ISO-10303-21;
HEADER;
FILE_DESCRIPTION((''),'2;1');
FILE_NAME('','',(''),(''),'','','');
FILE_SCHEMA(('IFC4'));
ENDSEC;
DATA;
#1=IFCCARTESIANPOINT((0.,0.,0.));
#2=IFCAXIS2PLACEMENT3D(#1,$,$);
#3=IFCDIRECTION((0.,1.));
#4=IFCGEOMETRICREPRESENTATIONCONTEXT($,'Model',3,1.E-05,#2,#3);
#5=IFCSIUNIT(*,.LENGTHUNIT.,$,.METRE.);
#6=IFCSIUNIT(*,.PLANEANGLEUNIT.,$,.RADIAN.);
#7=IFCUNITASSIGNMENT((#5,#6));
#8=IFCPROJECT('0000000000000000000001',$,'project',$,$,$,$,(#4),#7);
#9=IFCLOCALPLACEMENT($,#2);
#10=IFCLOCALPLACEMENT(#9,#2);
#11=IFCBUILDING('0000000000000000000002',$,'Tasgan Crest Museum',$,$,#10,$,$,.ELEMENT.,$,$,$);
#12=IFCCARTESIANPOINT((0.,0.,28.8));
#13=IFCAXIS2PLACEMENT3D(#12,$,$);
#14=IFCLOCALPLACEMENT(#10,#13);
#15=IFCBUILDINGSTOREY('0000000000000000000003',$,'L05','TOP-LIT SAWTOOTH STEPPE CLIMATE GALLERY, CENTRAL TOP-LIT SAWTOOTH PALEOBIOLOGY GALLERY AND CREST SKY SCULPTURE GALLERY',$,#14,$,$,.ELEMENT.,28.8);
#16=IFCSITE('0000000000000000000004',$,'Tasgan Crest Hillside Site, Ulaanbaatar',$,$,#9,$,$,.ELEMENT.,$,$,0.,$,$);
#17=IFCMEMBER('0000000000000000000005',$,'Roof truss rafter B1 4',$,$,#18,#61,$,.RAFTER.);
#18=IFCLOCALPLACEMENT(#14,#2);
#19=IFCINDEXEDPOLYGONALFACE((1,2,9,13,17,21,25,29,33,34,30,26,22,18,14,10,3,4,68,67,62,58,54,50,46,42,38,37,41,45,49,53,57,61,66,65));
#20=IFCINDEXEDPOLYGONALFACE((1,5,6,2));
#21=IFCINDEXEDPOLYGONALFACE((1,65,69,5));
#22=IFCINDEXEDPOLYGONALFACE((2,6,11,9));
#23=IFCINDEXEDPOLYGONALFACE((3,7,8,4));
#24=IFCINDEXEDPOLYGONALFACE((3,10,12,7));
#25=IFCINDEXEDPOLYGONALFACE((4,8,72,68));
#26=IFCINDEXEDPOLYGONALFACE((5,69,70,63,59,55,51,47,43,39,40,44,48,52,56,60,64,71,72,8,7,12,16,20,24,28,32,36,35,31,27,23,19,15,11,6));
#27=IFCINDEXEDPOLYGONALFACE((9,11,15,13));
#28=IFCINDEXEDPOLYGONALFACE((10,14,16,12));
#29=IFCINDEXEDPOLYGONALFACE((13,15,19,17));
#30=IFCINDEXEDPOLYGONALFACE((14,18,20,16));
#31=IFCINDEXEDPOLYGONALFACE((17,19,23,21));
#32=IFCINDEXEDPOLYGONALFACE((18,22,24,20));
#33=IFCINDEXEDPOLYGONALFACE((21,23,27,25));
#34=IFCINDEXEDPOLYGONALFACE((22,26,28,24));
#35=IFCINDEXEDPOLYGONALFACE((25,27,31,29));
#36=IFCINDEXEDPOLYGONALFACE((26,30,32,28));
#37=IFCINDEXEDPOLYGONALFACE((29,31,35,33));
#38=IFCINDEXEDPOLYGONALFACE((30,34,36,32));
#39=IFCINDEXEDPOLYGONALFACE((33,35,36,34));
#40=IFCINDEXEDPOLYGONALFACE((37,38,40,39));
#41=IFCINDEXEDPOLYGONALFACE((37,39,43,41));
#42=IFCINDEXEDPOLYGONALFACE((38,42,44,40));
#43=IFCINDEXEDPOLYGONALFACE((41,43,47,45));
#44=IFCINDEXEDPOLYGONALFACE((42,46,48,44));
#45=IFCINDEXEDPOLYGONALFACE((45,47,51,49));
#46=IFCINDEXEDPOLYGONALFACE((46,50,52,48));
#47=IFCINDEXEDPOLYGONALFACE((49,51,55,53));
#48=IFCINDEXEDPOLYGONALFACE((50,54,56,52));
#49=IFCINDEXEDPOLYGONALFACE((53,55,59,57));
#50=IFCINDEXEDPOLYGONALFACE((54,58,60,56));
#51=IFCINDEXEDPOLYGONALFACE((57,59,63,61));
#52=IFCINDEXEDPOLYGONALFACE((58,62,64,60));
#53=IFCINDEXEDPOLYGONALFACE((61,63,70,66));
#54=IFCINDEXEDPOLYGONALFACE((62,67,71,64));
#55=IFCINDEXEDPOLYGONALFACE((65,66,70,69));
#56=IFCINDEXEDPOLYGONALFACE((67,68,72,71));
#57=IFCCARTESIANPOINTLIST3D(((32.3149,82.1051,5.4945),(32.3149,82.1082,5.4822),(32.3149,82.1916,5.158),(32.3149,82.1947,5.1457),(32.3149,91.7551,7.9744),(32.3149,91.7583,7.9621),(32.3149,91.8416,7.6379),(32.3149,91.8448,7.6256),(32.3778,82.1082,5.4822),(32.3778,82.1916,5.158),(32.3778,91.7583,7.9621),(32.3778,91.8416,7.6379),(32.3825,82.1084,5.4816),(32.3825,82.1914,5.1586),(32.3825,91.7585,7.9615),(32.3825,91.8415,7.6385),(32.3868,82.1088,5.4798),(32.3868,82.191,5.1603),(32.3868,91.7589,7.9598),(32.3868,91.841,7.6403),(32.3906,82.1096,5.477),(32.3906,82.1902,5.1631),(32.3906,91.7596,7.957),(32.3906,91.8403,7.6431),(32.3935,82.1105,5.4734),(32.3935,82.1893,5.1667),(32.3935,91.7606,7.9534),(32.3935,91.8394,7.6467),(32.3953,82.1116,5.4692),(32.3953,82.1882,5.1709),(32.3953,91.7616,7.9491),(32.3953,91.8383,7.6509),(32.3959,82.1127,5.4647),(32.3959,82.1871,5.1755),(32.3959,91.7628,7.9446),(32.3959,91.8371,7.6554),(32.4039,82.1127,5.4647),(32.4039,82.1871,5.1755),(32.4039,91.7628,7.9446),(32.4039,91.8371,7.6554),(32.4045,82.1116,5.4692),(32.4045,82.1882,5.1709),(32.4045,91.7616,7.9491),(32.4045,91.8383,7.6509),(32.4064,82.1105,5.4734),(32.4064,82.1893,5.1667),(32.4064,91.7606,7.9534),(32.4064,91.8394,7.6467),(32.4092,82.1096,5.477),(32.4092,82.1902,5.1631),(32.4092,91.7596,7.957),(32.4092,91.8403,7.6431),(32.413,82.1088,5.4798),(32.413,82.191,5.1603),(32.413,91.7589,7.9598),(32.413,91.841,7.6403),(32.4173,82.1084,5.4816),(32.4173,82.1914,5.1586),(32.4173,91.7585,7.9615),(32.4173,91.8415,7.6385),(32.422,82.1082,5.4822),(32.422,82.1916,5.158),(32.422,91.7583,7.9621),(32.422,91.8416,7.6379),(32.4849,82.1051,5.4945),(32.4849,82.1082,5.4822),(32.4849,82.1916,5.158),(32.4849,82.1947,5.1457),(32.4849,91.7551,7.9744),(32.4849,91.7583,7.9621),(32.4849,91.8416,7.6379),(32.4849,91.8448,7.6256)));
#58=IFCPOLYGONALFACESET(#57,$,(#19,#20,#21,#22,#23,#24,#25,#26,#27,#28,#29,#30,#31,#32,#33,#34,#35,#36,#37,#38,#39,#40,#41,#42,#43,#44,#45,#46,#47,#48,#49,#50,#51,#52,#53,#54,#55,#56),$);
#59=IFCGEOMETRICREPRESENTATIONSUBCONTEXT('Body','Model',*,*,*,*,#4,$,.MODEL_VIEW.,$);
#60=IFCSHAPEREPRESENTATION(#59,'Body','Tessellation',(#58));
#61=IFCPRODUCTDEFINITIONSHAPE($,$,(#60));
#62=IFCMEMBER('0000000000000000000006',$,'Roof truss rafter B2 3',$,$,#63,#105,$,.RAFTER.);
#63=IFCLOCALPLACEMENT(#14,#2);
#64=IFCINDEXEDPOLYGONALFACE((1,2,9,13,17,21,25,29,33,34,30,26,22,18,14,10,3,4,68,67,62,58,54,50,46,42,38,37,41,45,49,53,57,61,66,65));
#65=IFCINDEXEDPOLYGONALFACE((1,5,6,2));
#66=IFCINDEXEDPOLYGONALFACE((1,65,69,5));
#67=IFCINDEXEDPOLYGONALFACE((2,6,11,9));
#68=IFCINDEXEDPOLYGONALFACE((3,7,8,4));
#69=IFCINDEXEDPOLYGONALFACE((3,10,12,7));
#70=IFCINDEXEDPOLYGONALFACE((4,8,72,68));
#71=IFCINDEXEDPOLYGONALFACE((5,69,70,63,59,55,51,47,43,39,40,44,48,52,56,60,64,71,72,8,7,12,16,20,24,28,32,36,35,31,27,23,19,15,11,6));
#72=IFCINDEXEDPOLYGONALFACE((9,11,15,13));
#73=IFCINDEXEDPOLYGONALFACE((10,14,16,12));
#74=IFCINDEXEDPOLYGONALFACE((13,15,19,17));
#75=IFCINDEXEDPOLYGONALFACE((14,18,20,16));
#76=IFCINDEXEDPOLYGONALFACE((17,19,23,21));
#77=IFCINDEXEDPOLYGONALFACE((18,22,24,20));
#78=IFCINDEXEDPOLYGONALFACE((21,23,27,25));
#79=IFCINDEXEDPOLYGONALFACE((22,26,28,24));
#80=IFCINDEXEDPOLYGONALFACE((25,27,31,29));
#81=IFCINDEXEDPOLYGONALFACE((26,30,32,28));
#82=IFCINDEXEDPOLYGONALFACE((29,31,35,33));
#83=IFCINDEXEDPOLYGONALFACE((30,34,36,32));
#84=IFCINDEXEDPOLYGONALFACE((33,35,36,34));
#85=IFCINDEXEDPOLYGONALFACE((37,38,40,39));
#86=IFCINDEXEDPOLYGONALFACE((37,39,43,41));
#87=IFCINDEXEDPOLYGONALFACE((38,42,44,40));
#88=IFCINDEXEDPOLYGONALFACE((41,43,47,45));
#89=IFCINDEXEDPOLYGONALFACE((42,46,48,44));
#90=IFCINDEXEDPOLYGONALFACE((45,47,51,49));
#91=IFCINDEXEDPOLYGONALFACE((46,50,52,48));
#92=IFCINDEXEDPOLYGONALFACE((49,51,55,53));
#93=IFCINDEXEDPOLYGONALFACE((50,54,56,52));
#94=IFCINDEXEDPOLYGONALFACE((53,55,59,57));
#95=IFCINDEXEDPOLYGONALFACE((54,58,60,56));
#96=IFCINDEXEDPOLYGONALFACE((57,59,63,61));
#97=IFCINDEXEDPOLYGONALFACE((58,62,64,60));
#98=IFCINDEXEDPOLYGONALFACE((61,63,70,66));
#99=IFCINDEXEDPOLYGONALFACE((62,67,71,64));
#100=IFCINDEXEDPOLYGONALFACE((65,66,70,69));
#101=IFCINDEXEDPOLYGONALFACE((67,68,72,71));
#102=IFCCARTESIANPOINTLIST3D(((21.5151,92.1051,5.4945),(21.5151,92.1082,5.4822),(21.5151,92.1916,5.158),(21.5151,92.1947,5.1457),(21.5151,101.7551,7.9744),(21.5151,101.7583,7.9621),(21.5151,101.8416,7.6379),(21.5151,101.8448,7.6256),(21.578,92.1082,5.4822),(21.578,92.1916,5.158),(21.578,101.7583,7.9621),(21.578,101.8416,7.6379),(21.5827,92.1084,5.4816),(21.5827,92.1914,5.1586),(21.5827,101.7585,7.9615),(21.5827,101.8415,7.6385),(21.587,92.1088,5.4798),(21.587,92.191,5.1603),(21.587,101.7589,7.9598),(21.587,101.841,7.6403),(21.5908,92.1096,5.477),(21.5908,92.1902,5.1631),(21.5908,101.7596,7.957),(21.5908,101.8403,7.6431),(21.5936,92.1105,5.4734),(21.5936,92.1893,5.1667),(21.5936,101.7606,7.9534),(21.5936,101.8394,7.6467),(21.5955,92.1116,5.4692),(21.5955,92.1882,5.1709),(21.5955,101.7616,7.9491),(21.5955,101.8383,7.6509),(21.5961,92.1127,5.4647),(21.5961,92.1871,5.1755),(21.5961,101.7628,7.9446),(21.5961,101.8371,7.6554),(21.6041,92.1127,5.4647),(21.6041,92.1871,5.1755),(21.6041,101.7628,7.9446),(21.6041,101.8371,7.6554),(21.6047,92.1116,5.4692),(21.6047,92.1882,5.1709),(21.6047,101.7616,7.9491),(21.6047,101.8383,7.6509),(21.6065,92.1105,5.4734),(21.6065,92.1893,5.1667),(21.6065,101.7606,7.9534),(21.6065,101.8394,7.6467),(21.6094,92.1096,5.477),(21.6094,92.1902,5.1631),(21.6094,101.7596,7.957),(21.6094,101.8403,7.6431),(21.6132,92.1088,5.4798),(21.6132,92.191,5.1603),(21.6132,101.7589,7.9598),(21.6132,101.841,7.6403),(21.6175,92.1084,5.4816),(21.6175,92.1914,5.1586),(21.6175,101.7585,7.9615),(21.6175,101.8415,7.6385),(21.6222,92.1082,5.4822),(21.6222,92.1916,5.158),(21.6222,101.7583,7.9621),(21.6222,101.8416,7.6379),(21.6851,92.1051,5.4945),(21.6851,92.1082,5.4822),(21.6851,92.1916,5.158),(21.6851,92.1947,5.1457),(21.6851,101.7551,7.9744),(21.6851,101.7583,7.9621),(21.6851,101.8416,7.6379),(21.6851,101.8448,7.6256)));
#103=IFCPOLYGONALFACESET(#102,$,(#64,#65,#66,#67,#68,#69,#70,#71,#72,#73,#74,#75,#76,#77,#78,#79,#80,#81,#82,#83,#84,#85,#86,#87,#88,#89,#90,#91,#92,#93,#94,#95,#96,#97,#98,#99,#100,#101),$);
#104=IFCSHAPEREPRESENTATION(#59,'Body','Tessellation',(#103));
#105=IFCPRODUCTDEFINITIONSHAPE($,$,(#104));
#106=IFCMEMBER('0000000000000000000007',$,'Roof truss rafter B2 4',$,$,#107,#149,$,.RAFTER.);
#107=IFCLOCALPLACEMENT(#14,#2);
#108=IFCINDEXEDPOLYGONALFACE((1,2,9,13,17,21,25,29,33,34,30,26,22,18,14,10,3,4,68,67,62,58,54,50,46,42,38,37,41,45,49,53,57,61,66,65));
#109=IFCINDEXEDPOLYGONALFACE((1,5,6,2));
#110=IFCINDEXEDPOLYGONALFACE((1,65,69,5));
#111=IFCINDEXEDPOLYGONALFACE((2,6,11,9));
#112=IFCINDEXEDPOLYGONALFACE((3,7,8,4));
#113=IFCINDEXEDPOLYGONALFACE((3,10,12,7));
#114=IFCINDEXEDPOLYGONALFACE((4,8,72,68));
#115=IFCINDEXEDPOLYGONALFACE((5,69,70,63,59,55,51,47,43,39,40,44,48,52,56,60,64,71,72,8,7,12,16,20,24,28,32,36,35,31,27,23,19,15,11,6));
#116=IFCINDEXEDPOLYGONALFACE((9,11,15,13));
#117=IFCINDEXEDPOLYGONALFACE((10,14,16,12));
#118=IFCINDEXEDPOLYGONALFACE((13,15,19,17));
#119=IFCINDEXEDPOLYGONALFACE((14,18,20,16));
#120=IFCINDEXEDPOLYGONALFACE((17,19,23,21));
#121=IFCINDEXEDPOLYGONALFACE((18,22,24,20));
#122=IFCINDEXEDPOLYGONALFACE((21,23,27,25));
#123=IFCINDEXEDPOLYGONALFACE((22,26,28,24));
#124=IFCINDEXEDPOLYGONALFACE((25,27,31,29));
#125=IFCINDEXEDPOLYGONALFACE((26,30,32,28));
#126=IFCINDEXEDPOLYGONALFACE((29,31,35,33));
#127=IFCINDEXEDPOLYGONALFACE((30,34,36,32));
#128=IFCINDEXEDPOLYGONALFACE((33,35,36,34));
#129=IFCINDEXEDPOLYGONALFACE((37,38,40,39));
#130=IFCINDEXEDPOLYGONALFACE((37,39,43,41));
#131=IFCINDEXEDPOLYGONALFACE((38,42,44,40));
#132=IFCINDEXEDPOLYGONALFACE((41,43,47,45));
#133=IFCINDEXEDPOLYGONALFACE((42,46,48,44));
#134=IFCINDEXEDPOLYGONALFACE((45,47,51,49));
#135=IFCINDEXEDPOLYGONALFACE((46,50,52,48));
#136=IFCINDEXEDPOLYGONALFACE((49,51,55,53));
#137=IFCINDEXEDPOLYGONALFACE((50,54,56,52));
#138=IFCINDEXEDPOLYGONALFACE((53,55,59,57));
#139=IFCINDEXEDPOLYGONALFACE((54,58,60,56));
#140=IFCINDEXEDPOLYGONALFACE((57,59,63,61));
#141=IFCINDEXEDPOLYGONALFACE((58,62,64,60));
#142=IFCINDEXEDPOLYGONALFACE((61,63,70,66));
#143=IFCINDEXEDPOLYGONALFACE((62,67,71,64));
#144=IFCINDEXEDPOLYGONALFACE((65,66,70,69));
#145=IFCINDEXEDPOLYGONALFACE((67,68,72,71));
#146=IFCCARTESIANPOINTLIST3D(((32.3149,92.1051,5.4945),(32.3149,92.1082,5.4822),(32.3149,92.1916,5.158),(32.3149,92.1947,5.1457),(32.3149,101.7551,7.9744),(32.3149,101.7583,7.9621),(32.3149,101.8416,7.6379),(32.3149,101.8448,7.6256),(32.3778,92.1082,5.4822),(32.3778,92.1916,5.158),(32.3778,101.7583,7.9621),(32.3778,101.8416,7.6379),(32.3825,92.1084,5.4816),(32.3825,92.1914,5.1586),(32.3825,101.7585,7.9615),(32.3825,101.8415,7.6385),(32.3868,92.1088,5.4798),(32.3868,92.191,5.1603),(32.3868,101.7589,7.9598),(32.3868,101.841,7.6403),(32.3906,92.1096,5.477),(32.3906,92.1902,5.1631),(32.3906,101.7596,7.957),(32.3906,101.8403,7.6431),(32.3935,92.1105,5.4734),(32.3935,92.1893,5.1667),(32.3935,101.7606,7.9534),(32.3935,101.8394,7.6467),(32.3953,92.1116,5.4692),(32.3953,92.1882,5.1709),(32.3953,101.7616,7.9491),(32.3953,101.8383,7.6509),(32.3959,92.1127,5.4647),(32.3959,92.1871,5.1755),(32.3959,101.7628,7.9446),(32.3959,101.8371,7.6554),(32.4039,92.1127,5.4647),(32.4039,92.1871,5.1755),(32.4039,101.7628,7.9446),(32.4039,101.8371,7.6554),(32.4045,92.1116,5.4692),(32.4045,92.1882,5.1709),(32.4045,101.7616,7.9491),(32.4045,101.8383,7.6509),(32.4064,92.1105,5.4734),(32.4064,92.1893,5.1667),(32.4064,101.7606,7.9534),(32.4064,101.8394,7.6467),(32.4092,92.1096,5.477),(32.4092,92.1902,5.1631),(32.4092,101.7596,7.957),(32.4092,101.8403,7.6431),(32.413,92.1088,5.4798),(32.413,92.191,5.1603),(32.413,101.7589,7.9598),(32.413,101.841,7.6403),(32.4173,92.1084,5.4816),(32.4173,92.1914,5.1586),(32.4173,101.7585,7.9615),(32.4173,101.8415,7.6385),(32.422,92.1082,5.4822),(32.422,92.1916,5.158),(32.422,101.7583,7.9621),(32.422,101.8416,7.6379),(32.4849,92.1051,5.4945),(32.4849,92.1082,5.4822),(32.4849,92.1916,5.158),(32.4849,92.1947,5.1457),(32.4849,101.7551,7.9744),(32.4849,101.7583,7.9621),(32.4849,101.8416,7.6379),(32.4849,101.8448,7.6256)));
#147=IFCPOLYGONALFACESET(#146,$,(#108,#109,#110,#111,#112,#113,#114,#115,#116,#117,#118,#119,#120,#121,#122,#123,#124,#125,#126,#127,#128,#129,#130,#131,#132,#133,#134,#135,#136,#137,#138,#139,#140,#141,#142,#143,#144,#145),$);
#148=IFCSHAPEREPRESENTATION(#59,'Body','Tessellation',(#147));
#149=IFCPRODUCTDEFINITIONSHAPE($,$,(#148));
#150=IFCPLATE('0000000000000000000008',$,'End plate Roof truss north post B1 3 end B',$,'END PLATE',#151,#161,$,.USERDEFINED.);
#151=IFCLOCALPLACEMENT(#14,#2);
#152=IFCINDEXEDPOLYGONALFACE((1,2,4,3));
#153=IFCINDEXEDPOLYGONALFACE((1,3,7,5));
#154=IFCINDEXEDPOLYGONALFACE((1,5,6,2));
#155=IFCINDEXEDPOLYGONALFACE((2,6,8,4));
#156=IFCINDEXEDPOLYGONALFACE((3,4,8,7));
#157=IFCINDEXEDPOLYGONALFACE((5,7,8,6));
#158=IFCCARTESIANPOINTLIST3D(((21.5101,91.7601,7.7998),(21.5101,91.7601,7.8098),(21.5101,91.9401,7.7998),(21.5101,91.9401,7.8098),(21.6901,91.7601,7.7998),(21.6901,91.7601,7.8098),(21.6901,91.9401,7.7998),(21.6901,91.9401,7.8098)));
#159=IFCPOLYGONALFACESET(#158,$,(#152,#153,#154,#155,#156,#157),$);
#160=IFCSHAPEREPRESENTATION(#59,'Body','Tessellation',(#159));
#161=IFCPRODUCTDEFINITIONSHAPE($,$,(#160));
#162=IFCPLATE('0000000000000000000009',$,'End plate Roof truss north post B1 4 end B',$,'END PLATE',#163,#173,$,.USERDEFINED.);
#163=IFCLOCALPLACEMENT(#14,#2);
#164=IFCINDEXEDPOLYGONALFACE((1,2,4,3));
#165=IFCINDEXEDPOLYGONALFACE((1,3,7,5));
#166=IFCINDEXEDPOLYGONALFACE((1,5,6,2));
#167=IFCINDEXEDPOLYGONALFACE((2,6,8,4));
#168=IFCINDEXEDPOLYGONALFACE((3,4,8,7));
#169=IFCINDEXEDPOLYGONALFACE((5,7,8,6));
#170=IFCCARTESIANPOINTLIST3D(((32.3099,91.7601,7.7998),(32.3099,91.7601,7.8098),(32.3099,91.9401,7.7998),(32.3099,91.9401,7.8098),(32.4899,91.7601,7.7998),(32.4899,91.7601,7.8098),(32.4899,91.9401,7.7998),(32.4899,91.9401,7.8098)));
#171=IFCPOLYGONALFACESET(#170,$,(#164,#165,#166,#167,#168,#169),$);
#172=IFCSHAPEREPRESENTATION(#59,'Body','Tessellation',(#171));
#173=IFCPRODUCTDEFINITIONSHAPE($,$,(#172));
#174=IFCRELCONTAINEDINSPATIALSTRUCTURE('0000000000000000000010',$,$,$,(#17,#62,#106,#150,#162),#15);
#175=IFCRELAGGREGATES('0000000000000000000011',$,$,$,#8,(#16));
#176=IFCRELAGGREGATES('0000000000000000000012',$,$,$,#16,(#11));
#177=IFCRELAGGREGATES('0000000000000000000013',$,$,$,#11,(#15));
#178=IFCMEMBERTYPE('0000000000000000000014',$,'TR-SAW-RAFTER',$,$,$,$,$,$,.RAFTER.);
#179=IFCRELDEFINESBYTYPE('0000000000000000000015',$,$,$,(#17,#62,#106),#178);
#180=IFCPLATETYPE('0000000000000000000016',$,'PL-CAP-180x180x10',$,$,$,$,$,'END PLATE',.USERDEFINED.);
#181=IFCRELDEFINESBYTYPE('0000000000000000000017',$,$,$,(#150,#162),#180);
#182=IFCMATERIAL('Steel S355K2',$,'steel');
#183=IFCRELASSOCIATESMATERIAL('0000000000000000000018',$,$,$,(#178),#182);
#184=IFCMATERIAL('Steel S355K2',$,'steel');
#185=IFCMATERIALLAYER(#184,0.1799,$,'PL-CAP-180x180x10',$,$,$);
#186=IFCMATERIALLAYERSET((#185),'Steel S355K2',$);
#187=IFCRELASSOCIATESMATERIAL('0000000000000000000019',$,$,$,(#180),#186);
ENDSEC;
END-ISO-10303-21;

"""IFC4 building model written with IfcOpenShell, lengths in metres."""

from ifc_helpers import new_model, si_unit, direction, frame, origin, origin_2d, place, context, subcontext, project, spatial, rectangle, i_section, extrude, material, layer, layer_set, material_profile, profile_set, type_object, element, save


model = new_model("IFC4")

# Units and contexts
model_context = context("Model", 3, precision=1e-05, world=origin(), true_north=direction((0.0, 1.0)))
body_context = subcontext(model_context, "Body", "Model", "MODEL_VIEW")
ifc_project = project(units=[si_unit("LENGTHUNIT", "METRE"), si_unit("PLANEANGLEUNIT", "RADIAN")], contexts=[model_context])

# Site, building, storey
site_placement = place(None, origin())
site = spatial("IfcSite", under=ifc_project, at=site_placement, Name="Tasgan Crest Hillside Site, Ulaanbaatar", CompositionType="ELEMENT", RefElevation=0.0)
building_placement = place(site_placement, origin())
building = spatial("IfcBuilding", under=site, at=building_placement, Name="Tasgan Crest Museum", CompositionType="ELEMENT")
storey_placement = place(building_placement, frame((0.0, 0.0, 28.8)))
storey = spatial("IfcBuildingStorey", under=building, at=storey_placement, Name="L05", Description="TOP-LIT SAWTOOTH STEPPE CLIMATE GALLERY, CENTRAL TOP-LIT SAWTOOTH PALEOBIOLOGY GALLERY AND CREST SKY SCULPTURE GALLERY", CompositionType="ELEMENT", Elevation=28.8)

# Members
ifc_material_1 = material(Name="Steel S355K2", Category="steel")
ifc_material_profile_1 = material_profile(ifc_material_1, i_section(OverallWidth=0.1699, OverallDepth=0.3601, WebThickness=0.0081, FlangeThickness=0.0127, FilletRadius=0.0181, at=origin_2d()), Name="IPE 360")
ifc_profile_set_1 = profile_set([ifc_material_profile_1], Name="Steel S355K2")
member_type_1 = type_object("IfcMemberType", Name="TR-SAW-RAFTER", PredefinedType="RAFTER", material=ifc_profile_set_1)
for number, where, z_axis, x_axis, name in (
    (1, (32.3999, 82.1499, 5.3201), (0.0, 0.968529, 0.248901), (-1.0, 0.0, 0.0), "Roof truss rafter B1 4"),
    (2, (21.6001, 92.1499, 5.3201), (0.0, 0.968529, 0.248901), (-1.0, 0.0, 0.0), "Roof truss rafter B2 3"),
    (3, (32.3999, 92.1499, 5.3201), (0.0, 0.968529, 0.248901), (-1.0, 0.0, 0.0), "Roof truss rafter B2 4"),
):
    element("IfcMember", number, at=place(storey_placement, frame(where, z_axis=z_axis, x_axis=x_axis)), inside=storey, type_object=member_type_1, Name=name, PredefinedType="RAFTER", context=body_context, shape_type="SweptSolid", body=[
        extrude(i_section(OverallWidth=0.1699, OverallDepth=0.3601, WebThickness=0.0081, FlangeThickness=0.0127, FilletRadius=0.0181, at=origin_2d()), origin(), (0.0, 0.0, 1.0), 9.9636),
    ])

# Plates
ifc_material_2 = material(Name="Steel S355K2", Category="steel")
ifc_layer_1 = layer(ifc_material_2, 0.1799, Name="PL-CAP-180x180x10")
ifc_layer_set_1 = layer_set([ifc_layer_1], Name="Steel S355K2")
plate_type = type_object("IfcPlateType", Name="PL-CAP-180x180x10", ElementType="END PLATE", PredefinedType="USERDEFINED", material=ifc_layer_set_1)
for number, where, z_axis, x_axis, name in (
    (4, (21.6001, 91.8501, 7.7998), (0.0, 0.0, 1.0), (1.0, 0.0, 0.0), "End plate Roof truss north post B1 3 end B"),
    (5, (32.3999, 91.8501, 7.7998), (0.0, 0.0, 1.0), (1.0, 0.0, 0.0), "End plate Roof truss north post B1 4 end B"),
):
    element("IfcPlate", number, at=place(storey_placement, frame(where, z_axis=z_axis, x_axis=x_axis)), inside=storey, type_object=plate_type, Name=name, ObjectType="END PLATE", PredefinedType="USERDEFINED", context=body_context, shape_type="SweptSolid", body=[
        extrude(rectangle(XDim=0.1799, YDim=0.1799, at=origin_2d()), origin(), (0.0, 0.0, 1.0), 0.01),
    ])

save(model, "model.ifc")
